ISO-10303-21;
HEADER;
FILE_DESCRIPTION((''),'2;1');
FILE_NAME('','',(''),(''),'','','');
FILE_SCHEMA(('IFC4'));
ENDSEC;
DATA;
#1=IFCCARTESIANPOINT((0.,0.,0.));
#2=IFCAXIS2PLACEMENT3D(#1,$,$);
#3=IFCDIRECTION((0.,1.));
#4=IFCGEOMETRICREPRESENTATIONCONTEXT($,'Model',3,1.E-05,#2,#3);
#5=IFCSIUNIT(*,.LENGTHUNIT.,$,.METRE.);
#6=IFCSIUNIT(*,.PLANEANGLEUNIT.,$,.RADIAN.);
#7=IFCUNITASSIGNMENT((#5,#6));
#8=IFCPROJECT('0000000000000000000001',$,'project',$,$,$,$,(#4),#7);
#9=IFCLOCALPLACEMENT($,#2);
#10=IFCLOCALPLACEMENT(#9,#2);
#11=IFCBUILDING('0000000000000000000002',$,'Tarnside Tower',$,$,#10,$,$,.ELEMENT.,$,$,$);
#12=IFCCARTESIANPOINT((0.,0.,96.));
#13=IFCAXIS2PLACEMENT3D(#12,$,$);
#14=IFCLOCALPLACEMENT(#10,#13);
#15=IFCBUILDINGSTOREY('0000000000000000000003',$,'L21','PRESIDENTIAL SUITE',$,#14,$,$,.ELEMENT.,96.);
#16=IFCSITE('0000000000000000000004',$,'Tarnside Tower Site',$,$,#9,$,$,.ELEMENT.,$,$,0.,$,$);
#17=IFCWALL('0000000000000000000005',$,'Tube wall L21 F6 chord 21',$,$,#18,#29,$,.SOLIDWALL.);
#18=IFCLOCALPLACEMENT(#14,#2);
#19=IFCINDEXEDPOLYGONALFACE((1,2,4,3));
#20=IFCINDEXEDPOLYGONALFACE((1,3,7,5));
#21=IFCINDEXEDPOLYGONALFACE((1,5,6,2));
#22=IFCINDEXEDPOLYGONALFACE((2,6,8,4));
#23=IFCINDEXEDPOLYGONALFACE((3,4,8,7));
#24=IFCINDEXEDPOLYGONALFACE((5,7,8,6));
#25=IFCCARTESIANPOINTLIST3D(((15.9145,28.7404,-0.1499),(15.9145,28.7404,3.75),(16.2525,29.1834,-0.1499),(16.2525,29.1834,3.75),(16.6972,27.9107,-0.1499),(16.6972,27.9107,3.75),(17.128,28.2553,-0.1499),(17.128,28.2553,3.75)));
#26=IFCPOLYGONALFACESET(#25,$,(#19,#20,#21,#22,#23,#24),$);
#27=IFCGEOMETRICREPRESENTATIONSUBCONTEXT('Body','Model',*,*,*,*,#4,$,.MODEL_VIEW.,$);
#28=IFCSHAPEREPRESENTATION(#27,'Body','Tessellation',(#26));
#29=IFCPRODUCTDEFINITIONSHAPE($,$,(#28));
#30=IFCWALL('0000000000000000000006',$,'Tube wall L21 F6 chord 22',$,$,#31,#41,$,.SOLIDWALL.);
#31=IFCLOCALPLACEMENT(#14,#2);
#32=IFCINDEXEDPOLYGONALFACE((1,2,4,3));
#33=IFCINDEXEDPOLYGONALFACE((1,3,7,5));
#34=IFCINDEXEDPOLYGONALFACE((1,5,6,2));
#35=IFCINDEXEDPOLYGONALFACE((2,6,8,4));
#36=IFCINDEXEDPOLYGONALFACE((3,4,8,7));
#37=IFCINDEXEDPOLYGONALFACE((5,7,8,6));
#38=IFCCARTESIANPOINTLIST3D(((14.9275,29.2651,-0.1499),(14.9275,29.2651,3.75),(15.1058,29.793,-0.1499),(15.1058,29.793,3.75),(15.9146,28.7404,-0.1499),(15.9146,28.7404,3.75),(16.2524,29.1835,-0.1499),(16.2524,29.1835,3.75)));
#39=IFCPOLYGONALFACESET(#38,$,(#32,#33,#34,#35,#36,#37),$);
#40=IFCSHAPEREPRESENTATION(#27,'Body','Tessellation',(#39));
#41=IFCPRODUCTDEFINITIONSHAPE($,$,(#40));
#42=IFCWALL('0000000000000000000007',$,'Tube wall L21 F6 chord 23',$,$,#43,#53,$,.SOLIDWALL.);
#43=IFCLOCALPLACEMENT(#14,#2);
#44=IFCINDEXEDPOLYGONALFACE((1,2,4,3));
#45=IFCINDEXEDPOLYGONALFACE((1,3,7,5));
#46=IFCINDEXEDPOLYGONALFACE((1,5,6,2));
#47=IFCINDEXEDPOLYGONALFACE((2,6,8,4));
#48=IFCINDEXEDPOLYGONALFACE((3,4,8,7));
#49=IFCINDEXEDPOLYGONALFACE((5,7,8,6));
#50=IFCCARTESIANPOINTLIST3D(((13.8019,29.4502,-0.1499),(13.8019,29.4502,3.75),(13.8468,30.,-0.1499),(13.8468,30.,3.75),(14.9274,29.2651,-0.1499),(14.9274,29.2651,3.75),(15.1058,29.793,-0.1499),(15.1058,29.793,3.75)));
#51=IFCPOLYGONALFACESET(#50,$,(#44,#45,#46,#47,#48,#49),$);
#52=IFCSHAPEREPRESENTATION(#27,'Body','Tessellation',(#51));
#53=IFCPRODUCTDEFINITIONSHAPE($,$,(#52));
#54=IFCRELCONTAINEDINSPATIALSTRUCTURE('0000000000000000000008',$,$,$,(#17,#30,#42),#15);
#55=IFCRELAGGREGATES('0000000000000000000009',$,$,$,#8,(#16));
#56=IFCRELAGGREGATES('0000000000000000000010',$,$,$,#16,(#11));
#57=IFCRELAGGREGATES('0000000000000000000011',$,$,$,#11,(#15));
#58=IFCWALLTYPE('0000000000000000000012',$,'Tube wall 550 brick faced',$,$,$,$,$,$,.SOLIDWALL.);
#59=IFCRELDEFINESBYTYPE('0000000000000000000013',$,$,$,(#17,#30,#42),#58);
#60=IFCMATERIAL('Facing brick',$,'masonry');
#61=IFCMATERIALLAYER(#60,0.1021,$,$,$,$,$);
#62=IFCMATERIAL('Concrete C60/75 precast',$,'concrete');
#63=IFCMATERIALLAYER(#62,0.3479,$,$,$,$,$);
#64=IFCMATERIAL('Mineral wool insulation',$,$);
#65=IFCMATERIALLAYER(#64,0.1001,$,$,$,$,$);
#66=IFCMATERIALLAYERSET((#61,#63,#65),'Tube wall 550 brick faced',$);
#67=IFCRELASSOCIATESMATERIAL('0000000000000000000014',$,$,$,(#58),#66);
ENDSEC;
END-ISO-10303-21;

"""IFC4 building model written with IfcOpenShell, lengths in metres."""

from ifc_helpers import new_model, si_unit, direction, frame, origin, place, context, subcontext, project, spatial, polyline, outline, extrude, material, layer, layer_set, type_object, element, save


model = new_model("IFC4")

# Units and contexts
model_context = context("Model", 3, precision=1e-05, world=origin(), true_north=direction((0.0, 1.0)))
body_context = subcontext(model_context, "Body", "Model", "MODEL_VIEW")
ifc_project = project(units=[si_unit("LENGTHUNIT", "METRE"), si_unit("PLANEANGLEUNIT", "RADIAN")], contexts=[model_context])

# Site, building, storey
site_placement = place(None, origin())
site = spatial("IfcSite", under=ifc_project, at=site_placement, Name="Tarnside Tower Site", CompositionType="ELEMENT", RefElevation=0.0)
building_placement = place(site_placement, origin())
building = spatial("IfcBuilding", under=site, at=building_placement, Name="Tarnside Tower", CompositionType="ELEMENT")
storey_placement = place(building_placement, frame((0.0, 0.0, 96.0)))
storey = spatial("IfcBuildingStorey", under=building, at=storey_placement, Name="L21", Description="PRESIDENTIAL SUITE", CompositionType="ELEMENT", Elevation=96.0)

# Shared definitions
ifc_material_1 = material(Name="Facing brick", Category="masonry")
ifc_layer_1 = layer(ifc_material_1, 0.1021)
ifc_material_2 = material(Name="Concrete C60/75 precast", Category="concrete")
ifc_layer_2 = layer(ifc_material_2, 0.3479)
ifc_material_3 = material(Name="Mineral wool insulation")
ifc_layer_3 = layer(ifc_material_3, 0.1001)
ifc_layer_set_1 = layer_set([ifc_layer_1, ifc_layer_2, ifc_layer_3], Name="Tube wall 550 brick faced")
wall_type_1 = type_object("IfcWallType", Name="Tube wall 550 brick faced", PredefinedType="SOLIDWALL", material=ifc_layer_set_1)

# Walls
wall_1_placement = place(storey_placement, frame((16.9126, 28.083, -0.1499), z_axis=(0.0, 0.0, 1.0), x_axis=(-0.686196, 0.727416, 0.0)))
element("IfcWall", 1, at=wall_1_placement, inside=storey, type_object=wall_type_1, Name="Tube wall L21 F6 chord 21", PredefinedType="SOLIDWALL", context=body_context, shape_type="SweptSolid", body=[
    extrude(outline(polyline([(-0.0225, -0.2749), (1.2534, -0.2749), (1.1631, 0.2749), (0.0225, 0.2749), (-0.0225, -0.2749)])), origin(), (0.0, 0.0, 1.0), 3.8999),
])
wall_2_placement = place(storey_placement, frame((16.0835, 28.9619, -0.1499), z_axis=(0.0, 0.0, 1.0), x_axis=(-0.882995, 0.469382, 0.0)))
element("IfcWall", 2, at=wall_2_placement, inside=storey, type_object=wall_type_1, Name="Tube wall L21 F6 chord 22", PredefinedType="SOLIDWALL", context=body_context, shape_type="SweptSolid", body=[
    extrude(outline(polyline([(-0.0452, -0.2749), (1.2534, -0.2749), (1.1631, 0.2749), (0.0452, 0.2749), (-0.0452, -0.2749)])), origin(), (0.0, 0.0, 1.0), 3.8999),
])
wall_3_placement = place(storey_placement, frame((15.0166, 29.5291, -0.1499), z_axis=(0.0, 0.0, 1.0), x_axis=(-0.986747, 0.162269, 0.0)))
element("IfcWall", 3, at=wall_3_placement, inside=storey, type_object=wall_type_1, Name="Tube wall L21 F6 chord 23", PredefinedType="SOLIDWALL", context=body_context, shape_type="SweptSolid", body=[
    extrude(outline(polyline([(-0.0452, -0.2749), (1.2307, -0.2749), (1.1858, 0.2749), (0.0452, 0.2749), (-0.0452, -0.2749)])), origin(), (0.0, 0.0, 1.0), 3.8999),
])

save(model, "model.ifc")
